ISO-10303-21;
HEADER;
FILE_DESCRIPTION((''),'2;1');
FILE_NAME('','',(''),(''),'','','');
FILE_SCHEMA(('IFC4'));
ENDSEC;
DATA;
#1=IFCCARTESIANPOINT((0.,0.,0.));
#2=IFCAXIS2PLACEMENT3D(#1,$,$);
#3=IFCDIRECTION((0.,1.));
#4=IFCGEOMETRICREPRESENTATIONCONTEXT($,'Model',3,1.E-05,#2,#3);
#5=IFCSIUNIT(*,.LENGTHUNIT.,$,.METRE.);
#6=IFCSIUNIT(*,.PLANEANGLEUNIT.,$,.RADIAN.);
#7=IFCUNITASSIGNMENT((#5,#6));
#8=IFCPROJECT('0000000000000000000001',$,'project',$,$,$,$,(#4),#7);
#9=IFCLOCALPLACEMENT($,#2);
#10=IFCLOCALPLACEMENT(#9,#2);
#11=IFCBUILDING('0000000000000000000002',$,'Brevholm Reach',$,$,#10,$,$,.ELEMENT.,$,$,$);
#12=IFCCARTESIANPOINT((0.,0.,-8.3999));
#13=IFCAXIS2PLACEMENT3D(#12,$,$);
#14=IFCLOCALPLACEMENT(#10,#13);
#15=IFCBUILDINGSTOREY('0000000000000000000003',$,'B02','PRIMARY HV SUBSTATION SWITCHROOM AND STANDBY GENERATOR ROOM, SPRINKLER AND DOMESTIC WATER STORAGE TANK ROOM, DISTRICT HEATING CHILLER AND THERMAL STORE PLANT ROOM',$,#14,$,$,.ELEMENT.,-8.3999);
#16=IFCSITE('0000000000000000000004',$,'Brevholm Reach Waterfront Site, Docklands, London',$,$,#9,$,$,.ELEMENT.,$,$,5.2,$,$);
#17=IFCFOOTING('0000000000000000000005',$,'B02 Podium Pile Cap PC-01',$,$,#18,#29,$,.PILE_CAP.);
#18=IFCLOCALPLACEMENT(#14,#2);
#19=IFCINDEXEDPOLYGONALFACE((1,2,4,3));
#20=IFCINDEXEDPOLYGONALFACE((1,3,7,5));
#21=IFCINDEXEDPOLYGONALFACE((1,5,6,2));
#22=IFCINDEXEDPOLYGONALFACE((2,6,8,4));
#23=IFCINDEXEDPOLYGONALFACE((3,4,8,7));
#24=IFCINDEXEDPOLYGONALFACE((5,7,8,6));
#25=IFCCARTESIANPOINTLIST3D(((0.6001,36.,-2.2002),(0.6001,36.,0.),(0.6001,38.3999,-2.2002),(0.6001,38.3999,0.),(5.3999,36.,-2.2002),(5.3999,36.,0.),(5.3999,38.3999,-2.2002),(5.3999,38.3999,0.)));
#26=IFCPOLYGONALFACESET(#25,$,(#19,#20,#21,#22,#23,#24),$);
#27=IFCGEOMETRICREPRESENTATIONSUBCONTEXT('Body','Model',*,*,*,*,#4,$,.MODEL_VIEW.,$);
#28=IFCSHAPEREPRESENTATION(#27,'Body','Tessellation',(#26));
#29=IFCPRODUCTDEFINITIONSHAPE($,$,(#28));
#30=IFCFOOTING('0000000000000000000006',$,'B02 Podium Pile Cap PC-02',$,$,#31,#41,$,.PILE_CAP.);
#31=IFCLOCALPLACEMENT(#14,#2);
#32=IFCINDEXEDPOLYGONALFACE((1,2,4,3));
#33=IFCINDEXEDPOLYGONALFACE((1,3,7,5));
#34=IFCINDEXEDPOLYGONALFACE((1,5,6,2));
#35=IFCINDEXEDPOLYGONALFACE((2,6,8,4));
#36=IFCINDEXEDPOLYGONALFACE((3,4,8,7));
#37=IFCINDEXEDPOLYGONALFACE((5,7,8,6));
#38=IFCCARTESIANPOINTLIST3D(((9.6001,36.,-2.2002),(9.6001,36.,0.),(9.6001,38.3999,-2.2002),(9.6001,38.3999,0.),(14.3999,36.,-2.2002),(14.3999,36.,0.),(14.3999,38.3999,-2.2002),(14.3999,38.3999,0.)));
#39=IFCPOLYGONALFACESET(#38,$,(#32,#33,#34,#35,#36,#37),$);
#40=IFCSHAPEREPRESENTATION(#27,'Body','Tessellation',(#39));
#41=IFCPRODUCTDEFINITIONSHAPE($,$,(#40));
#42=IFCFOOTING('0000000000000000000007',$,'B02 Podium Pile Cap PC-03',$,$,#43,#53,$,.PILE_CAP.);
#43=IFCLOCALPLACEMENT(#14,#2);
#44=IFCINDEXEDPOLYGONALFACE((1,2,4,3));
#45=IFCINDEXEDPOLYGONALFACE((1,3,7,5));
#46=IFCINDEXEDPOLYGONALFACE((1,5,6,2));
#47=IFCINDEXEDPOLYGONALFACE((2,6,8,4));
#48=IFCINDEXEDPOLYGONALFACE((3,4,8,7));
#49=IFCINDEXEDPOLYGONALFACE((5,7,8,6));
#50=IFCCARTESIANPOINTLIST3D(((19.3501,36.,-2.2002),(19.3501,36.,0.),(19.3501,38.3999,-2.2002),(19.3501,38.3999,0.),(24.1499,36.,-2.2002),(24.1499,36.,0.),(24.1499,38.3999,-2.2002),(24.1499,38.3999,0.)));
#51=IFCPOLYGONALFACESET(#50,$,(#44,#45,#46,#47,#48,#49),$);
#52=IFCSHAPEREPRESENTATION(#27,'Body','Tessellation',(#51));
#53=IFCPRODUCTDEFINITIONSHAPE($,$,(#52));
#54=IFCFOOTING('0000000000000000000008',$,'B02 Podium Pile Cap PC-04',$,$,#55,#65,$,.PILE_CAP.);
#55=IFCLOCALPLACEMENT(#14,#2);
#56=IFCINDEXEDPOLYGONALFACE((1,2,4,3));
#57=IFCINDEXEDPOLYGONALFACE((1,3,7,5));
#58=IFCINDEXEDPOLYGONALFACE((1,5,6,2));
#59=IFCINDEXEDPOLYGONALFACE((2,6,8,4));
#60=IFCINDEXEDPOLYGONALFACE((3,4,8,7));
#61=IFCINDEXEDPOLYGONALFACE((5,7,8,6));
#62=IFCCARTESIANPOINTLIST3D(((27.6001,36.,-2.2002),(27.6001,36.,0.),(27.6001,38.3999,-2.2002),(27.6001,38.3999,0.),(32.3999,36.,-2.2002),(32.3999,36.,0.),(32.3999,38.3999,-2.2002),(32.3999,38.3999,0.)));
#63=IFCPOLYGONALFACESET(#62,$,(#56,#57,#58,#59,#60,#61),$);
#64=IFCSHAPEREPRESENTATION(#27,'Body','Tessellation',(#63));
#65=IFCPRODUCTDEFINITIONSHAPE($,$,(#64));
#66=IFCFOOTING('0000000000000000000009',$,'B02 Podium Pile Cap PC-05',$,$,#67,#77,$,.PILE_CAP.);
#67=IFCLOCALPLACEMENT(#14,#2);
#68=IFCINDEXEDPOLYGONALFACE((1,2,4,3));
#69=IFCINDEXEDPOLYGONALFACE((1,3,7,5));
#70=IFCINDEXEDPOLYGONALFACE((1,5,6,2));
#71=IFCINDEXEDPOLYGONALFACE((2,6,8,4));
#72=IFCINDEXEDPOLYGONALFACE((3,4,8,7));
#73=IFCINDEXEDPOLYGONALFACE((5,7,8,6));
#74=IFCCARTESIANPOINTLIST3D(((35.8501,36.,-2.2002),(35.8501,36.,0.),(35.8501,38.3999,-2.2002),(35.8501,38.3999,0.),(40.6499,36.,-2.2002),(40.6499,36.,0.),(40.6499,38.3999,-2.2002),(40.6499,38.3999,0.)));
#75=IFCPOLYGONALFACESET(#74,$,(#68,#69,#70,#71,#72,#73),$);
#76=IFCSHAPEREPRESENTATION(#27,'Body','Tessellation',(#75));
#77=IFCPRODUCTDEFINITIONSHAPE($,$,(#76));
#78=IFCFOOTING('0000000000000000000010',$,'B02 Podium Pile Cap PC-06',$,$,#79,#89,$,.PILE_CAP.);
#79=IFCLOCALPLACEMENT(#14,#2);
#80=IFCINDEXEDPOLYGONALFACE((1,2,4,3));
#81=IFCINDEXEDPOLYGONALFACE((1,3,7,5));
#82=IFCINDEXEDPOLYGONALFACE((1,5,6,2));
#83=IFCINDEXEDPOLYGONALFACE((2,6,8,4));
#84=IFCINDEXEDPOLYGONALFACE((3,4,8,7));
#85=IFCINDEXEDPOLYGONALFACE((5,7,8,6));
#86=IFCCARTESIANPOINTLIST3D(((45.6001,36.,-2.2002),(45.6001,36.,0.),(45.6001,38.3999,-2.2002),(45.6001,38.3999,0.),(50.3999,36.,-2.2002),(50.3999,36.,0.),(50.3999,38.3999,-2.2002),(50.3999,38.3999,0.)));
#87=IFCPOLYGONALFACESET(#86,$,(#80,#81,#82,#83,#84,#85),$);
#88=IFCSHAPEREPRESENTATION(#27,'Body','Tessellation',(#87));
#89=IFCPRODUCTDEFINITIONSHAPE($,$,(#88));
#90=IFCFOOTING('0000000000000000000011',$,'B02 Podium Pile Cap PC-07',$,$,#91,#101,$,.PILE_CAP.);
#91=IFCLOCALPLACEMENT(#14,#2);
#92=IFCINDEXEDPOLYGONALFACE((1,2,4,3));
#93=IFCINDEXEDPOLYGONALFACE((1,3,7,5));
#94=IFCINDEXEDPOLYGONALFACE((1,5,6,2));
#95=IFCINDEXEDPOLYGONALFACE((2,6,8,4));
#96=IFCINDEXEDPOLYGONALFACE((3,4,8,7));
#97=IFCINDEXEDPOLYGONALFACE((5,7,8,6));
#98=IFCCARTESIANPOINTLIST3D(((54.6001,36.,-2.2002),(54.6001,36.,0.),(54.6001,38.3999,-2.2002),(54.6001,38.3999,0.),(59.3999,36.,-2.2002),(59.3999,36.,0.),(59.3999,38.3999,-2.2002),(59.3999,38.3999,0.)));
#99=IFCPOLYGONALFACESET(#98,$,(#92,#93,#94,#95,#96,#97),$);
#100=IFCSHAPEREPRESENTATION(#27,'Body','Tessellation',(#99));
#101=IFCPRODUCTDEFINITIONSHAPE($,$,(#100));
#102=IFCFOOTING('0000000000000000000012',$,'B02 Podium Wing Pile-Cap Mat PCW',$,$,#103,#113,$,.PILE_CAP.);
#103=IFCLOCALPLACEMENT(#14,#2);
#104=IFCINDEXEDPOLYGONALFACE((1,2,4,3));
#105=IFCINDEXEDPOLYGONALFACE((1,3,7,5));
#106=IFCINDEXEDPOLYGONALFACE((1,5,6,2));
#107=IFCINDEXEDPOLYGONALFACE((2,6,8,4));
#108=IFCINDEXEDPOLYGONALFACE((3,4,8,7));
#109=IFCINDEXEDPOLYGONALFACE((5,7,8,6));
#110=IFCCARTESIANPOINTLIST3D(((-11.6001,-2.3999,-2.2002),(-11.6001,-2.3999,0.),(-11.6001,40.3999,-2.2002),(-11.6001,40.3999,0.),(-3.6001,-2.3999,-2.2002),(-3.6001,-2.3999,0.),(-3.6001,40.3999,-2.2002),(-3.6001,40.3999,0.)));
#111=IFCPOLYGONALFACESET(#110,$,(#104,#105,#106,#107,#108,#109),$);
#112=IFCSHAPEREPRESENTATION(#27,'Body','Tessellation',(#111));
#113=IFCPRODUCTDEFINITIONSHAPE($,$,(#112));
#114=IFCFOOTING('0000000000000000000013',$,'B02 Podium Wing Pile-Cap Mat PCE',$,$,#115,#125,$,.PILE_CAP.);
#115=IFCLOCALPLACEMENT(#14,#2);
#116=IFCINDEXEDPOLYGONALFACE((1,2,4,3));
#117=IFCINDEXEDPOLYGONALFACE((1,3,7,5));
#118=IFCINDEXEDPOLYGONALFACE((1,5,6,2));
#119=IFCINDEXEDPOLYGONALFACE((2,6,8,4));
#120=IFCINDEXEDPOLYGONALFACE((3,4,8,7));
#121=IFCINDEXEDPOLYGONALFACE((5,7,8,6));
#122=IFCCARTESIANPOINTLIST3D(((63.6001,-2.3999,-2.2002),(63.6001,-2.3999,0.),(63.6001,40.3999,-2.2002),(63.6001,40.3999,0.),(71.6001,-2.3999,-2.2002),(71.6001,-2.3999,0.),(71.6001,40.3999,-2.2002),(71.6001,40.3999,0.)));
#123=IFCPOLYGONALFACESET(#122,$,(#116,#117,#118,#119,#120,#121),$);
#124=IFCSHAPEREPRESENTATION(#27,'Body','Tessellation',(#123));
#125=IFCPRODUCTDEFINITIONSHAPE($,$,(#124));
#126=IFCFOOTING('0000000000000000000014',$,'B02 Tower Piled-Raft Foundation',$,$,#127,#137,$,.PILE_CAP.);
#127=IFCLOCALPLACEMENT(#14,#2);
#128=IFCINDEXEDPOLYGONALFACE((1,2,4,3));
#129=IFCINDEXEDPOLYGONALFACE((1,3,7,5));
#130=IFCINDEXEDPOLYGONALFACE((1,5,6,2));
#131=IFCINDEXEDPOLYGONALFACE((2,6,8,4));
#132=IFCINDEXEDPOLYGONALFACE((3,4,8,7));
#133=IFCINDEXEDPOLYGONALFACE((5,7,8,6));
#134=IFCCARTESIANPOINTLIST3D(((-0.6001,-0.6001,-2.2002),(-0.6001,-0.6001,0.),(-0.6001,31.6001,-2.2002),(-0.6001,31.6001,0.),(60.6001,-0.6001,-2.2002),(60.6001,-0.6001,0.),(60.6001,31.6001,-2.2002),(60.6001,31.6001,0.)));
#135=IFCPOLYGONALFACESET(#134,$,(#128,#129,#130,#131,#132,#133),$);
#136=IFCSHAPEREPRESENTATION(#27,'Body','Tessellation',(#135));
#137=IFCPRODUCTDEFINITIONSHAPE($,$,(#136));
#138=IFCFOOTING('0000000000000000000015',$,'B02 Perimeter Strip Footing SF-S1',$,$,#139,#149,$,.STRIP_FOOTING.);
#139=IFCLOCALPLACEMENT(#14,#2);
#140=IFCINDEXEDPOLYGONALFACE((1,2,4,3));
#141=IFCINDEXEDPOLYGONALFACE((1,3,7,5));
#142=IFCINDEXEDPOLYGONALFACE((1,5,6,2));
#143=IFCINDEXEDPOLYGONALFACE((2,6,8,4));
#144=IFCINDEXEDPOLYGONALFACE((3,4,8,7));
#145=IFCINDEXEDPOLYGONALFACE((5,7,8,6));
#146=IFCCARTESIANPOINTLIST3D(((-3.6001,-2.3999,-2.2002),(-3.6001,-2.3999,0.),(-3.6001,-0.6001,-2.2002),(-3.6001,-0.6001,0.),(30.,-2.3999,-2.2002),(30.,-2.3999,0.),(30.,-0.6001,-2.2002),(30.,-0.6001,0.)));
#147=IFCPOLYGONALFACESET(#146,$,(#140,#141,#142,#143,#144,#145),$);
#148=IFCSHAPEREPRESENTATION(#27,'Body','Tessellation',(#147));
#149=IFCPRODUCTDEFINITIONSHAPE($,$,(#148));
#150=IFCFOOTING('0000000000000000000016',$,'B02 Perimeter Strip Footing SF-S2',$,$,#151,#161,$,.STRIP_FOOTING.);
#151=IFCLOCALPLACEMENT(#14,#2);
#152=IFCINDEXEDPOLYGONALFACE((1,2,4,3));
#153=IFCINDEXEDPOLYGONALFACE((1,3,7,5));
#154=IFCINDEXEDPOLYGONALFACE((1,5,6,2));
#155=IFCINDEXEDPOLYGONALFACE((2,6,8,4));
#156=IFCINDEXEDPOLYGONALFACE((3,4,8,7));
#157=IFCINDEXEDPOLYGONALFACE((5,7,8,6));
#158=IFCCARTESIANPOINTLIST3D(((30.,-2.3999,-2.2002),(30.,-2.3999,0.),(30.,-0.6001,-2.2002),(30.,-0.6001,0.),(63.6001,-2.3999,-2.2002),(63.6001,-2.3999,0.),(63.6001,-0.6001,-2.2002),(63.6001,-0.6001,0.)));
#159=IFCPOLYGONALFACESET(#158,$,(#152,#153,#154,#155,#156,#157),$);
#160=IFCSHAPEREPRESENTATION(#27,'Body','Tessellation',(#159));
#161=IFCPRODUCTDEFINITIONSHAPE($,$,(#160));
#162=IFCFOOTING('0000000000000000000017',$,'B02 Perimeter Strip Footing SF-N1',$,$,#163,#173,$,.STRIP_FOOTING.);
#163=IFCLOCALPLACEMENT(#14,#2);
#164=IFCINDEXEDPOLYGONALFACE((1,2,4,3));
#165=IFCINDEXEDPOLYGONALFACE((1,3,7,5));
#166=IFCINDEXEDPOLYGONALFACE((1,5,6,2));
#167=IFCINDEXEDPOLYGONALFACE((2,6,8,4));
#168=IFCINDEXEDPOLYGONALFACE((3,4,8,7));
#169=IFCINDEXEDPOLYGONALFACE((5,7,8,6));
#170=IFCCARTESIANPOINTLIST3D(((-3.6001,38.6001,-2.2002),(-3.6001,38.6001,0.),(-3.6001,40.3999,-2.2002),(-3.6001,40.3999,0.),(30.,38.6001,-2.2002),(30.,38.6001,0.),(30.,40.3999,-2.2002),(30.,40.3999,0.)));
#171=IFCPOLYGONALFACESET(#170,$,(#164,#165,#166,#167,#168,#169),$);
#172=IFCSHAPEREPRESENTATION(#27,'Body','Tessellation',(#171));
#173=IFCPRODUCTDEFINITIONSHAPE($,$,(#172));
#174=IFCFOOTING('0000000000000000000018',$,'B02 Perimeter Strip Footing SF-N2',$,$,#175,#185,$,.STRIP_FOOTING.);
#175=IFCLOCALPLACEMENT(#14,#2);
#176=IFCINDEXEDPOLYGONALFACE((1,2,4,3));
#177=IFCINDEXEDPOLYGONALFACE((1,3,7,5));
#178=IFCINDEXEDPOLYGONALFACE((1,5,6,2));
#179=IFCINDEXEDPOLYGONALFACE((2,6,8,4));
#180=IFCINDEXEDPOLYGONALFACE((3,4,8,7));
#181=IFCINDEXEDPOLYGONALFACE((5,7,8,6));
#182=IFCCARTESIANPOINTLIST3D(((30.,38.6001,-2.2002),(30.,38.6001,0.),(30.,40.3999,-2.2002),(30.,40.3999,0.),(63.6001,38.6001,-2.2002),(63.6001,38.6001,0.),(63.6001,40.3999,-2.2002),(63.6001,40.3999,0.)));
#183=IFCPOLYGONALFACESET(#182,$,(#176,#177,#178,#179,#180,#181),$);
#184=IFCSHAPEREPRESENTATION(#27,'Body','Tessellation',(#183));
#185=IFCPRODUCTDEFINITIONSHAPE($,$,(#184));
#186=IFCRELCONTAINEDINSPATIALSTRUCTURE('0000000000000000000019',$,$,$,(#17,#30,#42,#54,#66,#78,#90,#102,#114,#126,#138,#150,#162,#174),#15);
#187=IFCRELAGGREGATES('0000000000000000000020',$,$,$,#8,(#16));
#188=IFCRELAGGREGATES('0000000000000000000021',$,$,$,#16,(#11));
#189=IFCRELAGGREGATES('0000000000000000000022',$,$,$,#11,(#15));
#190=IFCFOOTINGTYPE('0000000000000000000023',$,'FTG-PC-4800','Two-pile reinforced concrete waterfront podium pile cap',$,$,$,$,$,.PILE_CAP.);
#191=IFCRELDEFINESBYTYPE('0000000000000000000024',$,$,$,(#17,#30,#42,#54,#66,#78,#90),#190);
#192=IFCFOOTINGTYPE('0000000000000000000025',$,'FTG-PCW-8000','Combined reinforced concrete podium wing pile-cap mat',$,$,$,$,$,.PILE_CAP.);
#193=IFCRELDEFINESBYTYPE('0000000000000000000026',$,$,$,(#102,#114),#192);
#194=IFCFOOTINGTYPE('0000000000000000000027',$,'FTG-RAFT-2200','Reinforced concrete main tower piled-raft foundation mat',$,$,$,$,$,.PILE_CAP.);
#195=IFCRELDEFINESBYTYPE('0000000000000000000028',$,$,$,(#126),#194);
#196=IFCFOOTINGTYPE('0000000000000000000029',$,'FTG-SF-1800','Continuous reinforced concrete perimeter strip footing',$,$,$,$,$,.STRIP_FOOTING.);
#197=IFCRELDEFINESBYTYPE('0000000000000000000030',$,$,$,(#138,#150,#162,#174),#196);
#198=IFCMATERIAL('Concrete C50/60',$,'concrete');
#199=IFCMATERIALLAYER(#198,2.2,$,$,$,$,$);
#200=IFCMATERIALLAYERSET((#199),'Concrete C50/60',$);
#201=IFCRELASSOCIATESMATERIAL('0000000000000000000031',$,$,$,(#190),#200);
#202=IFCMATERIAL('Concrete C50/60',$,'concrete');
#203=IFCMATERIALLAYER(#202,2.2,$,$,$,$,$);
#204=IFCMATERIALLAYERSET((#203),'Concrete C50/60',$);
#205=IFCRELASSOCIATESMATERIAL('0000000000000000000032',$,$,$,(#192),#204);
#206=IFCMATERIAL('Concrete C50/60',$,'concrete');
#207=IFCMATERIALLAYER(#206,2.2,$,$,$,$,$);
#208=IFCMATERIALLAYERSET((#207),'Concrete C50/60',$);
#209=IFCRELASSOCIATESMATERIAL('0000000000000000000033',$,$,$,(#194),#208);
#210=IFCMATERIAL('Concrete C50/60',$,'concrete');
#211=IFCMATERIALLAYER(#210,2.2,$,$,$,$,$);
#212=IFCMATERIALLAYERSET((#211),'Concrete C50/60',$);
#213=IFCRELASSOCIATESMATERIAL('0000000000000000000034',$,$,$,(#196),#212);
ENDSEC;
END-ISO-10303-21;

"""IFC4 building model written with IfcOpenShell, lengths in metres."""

from ifc_helpers import new_model, si_unit, direction, frame, origin, place, context, subcontext, project, spatial, polyline, outline, extrude, material, layer, layer_set, type_object, element, save


model = new_model("IFC4")

# Units and contexts
model_context = context("Model", 3, precision=1e-05, world=origin(), true_north=direction((0.0, 1.0)))
body_context = subcontext(model_context, "Body", "Model", "MODEL_VIEW")
ifc_project = project(units=[si_unit("LENGTHUNIT", "METRE"), si_unit("PLANEANGLEUNIT", "RADIAN")], contexts=[model_context])

# Site, building, storey
site_placement = place(None, origin())
site = spatial("IfcSite", under=ifc_project, at=site_placement, Name="Brevholm Reach Waterfront Site, Docklands, London", CompositionType="ELEMENT", RefElevation=5.2)
building_placement = place(site_placement, origin())
building = spatial("IfcBuilding", under=site, at=building_placement, Name="Brevholm Reach", CompositionType="ELEMENT")
storey_placement = place(building_placement, frame((0.0, 0.0, -8.3999)))
storey = spatial("IfcBuildingStorey", under=building, at=storey_placement, Name="B02", Description="PRIMARY HV SUBSTATION SWITCHROOM AND STANDBY GENERATOR ROOM, SPRINKLER AND DOMESTIC WATER STORAGE TANK ROOM, DISTRICT HEATING CHILLER AND THERMAL STORE PLANT ROOM", CompositionType="ELEMENT", Elevation=-8.3999)

# Footings
ifc_material_1 = material(Name="Concrete C50/60", Category="concrete")
ifc_layer_1 = layer(ifc_material_1, 2.2)
ifc_layer_set_1 = layer_set([ifc_layer_1], Name="Concrete C50/60")
footing_type_1 = type_object("IfcFootingType", Name="FTG-PC-4800", Description="Two-pile reinforced concrete waterfront podium pile cap", PredefinedType="PILE_CAP", material=ifc_layer_set_1)
footing_1_placement = place(storey_placement, frame((0.0, 0.0, -2.2002)))
element("IfcFooting", 1, at=footing_1_placement, inside=storey, type_object=footing_type_1, Name="B02 Podium Pile Cap PC-01", PredefinedType="PILE_CAP", context=body_context, shape_type="SweptSolid", body=[
    extrude(outline(polyline([(0.6001, 36.0), (5.3999, 36.0), (5.3999, 38.3999), (0.6001, 38.3999), (0.6001, 36.0)])), origin(), (0.0, 0.0, 1.0), 2.2002),
])
footing_2_placement = place(storey_placement, frame((0.0, 0.0, -2.2002)))
element("IfcFooting", 2, at=footing_2_placement, inside=storey, type_object=footing_type_1, Name="B02 Podium Pile Cap PC-02", PredefinedType="PILE_CAP", context=body_context, shape_type="SweptSolid", body=[
    extrude(outline(polyline([(9.6001, 36.0), (14.3999, 36.0), (14.3999, 38.3999), (9.6001, 38.3999), (9.6001, 36.0)])), origin(), (0.0, 0.0, 1.0), 2.2002),
])
footing_3_placement = place(storey_placement, frame((0.0, 0.0, -2.2002)))
element("IfcFooting", 3, at=footing_3_placement, inside=storey, type_object=footing_type_1, Name="B02 Podium Pile Cap PC-03", PredefinedType="PILE_CAP", context=body_context, shape_type="SweptSolid", body=[
    extrude(outline(polyline([(19.3501, 36.0), (24.1499, 36.0), (24.1499, 38.3999), (19.3501, 38.3999), (19.3501, 36.0)])), origin(), (0.0, 0.0, 1.0), 2.2002),
])
footing_4_placement = place(storey_placement, frame((0.0, 0.0, -2.2002)))
element("IfcFooting", 4, at=footing_4_placement, inside=storey, type_object=footing_type_1, Name="B02 Podium Pile Cap PC-04", PredefinedType="PILE_CAP", context=body_context, shape_type="SweptSolid", body=[
    extrude(outline(polyline([(27.6001, 36.0), (32.3999, 36.0), (32.3999, 38.3999), (27.6001, 38.3999), (27.6001, 36.0)])), origin(), (0.0, 0.0, 1.0), 2.2002),
])
footing_5_placement = place(storey_placement, frame((0.0, 0.0, -2.2002)))
element("IfcFooting", 5, at=footing_5_placement, inside=storey, type_object=footing_type_1, Name="B02 Podium Pile Cap PC-05", PredefinedType="PILE_CAP", context=body_context, shape_type="SweptSolid", body=[
    extrude(outline(polyline([(35.8501, 36.0), (40.6499, 36.0), (40.6499, 38.3999), (35.8501, 38.3999), (35.8501, 36.0)])), origin(), (0.0, 0.0, 1.0), 2.2002),
])
footing_6_placement = place(storey_placement, frame((0.0, 0.0, -2.2002)))
element("IfcFooting", 6, at=footing_6_placement, inside=storey, type_object=footing_type_1, Name="B02 Podium Pile Cap PC-06", PredefinedType="PILE_CAP", context=body_context, shape_type="SweptSolid", body=[
    extrude(outline(polyline([(45.6001, 36.0), (50.3999, 36.0), (50.3999, 38.3999), (45.6001, 38.3999), (45.6001, 36.0)])), origin(), (0.0, 0.0, 1.0), 2.2002),
])
footing_7_placement = place(storey_placement, frame((0.0, 0.0, -2.2002)))
element("IfcFooting", 7, at=footing_7_placement, inside=storey, type_object=footing_type_1, Name="B02 Podium Pile Cap PC-07", PredefinedType="PILE_CAP", context=body_context, shape_type="SweptSolid", body=[
    extrude(outline(polyline([(54.6001, 36.0), (59.3999, 36.0), (59.3999, 38.3999), (54.6001, 38.3999), (54.6001, 36.0)])), origin(), (0.0, 0.0, 1.0), 2.2002),
])
ifc_material_2 = material(Name="Concrete C50/60", Category="concrete")
ifc_layer_2 = layer(ifc_material_2, 2.2)
ifc_layer_set_2 = layer_set([ifc_layer_2], Name="Concrete C50/60")
footing_type_2 = type_object("IfcFootingType", Name="FTG-PCW-8000", Description="Combined reinforced concrete podium wing pile-cap mat", PredefinedType="PILE_CAP", material=ifc_layer_set_2)
footing_8_placement = place(storey_placement, frame((0.0, 0.0, -2.2002)))
element("IfcFooting", 8, at=footing_8_placement, inside=storey, type_object=footing_type_2, Name="B02 Podium Wing Pile-Cap Mat PCW", PredefinedType="PILE_CAP", context=body_context, shape_type="SweptSolid", body=[
    extrude(outline(polyline([(-11.6001, -2.3999), (-3.6001, -2.3999), (-3.6001, 40.3999), (-11.6001, 40.3999), (-11.6001, -2.3999)])), origin(), (0.0, 0.0, 1.0), 2.2002),
])
footing_9_placement = place(storey_placement, frame((0.0, 0.0, -2.2002)))
element("IfcFooting", 9, at=footing_9_placement, inside=storey, type_object=footing_type_2, Name="B02 Podium Wing Pile-Cap Mat PCE", PredefinedType="PILE_CAP", context=body_context, shape_type="SweptSolid", body=[
    extrude(outline(polyline([(63.6001, -2.3999), (71.6001, -2.3999), (71.6001, 40.3999), (63.6001, 40.3999), (63.6001, -2.3999)])), origin(), (0.0, 0.0, 1.0), 2.2002),
])
ifc_material_3 = material(Name="Concrete C50/60", Category="concrete")
ifc_layer_3 = layer(ifc_material_3, 2.2)
ifc_layer_set_3 = layer_set([ifc_layer_3], Name="Concrete C50/60")
footing_type_3 = type_object("IfcFootingType", Name="FTG-RAFT-2200", Description="Reinforced concrete main tower piled-raft foundation mat", PredefinedType="PILE_CAP", material=ifc_layer_set_3)
footing_10_placement = place(storey_placement, frame((0.0, 0.0, -2.2002)))
element("IfcFooting", 10, at=footing_10_placement, inside=storey, type_object=footing_type_3, Name="B02 Tower Piled-Raft Foundation", PredefinedType="PILE_CAP", context=body_context, shape_type="SweptSolid", body=[
    extrude(outline(polyline([(-0.6001, -0.6001), (60.6001, -0.6001), (60.6001, 31.6001), (-0.6001, 31.6001), (-0.6001, -0.6001)])), origin(), (0.0, 0.0, 1.0), 2.2002),
])
ifc_material_4 = material(Name="Concrete C50/60", Category="concrete")
ifc_layer_4 = layer(ifc_material_4, 2.2)
ifc_layer_set_4 = layer_set([ifc_layer_4], Name="Concrete C50/60")
footing_type_4 = type_object("IfcFootingType", Name="FTG-SF-1800", Description="Continuous reinforced concrete perimeter strip footing", PredefinedType="STRIP_FOOTING", material=ifc_layer_set_4)
footing_11_placement = place(storey_placement, frame((0.0, 0.0, -2.2002)))
element("IfcFooting", 11, at=footing_11_placement, inside=storey, type_object=footing_type_4, Name="B02 Perimeter Strip Footing SF-S1", PredefinedType="STRIP_FOOTING", context=body_context, shape_type="SweptSolid", body=[
    extrude(outline(polyline([(-3.6001, -2.3999), (30.0, -2.3999), (30.0, -0.6001), (-3.6001, -0.6001), (-3.6001, -2.3999)])), origin(), (0.0, 0.0, 1.0), 2.2002),
])
footing_12_placement = place(storey_placement, frame((0.0, 0.0, -2.2002)))
element("IfcFooting", 12, at=footing_12_placement, inside=storey, type_object=footing_type_4, Name="B02 Perimeter Strip Footing SF-S2", PredefinedType="STRIP_FOOTING", context=body_context, shape_type="SweptSolid", body=[
    extrude(outline(polyline([(30.0, -2.3999), (63.6001, -2.3999), (63.6001, -0.6001), (30.0, -0.6001), (30.0, -2.3999)])), origin(), (0.0, 0.0, 1.0), 2.2002),
])
footing_13_placement = place(storey_placement, frame((0.0, 0.0, -2.2002)))
element("IfcFooting", 13, at=footing_13_placement, inside=storey, type_object=footing_type_4, Name="B02 Perimeter Strip Footing SF-N1", PredefinedType="STRIP_FOOTING", context=body_context, shape_type="SweptSolid", body=[
    extrude(outline(polyline([(-3.6001, 38.6001), (30.0, 38.6001), (30.0, 40.3999), (-3.6001, 40.3999), (-3.6001, 38.6001)])), origin(), (0.0, 0.0, 1.0), 2.2002),
])
footing_14_placement = place(storey_placement, frame((0.0, 0.0, -2.2002)))
element("IfcFooting", 14, at=footing_14_placement, inside=storey, type_object=footing_type_4, Name="B02 Perimeter Strip Footing SF-N2", PredefinedType="STRIP_FOOTING", context=body_context, shape_type="SweptSolid", body=[
    extrude(outline(polyline([(30.0, 38.6001), (63.6001, 38.6001), (63.6001, 40.3999), (30.0, 40.3999), (30.0, 38.6001)])), origin(), (0.0, 0.0, 1.0), 2.2002),
])

save(model, "model.ifc")
